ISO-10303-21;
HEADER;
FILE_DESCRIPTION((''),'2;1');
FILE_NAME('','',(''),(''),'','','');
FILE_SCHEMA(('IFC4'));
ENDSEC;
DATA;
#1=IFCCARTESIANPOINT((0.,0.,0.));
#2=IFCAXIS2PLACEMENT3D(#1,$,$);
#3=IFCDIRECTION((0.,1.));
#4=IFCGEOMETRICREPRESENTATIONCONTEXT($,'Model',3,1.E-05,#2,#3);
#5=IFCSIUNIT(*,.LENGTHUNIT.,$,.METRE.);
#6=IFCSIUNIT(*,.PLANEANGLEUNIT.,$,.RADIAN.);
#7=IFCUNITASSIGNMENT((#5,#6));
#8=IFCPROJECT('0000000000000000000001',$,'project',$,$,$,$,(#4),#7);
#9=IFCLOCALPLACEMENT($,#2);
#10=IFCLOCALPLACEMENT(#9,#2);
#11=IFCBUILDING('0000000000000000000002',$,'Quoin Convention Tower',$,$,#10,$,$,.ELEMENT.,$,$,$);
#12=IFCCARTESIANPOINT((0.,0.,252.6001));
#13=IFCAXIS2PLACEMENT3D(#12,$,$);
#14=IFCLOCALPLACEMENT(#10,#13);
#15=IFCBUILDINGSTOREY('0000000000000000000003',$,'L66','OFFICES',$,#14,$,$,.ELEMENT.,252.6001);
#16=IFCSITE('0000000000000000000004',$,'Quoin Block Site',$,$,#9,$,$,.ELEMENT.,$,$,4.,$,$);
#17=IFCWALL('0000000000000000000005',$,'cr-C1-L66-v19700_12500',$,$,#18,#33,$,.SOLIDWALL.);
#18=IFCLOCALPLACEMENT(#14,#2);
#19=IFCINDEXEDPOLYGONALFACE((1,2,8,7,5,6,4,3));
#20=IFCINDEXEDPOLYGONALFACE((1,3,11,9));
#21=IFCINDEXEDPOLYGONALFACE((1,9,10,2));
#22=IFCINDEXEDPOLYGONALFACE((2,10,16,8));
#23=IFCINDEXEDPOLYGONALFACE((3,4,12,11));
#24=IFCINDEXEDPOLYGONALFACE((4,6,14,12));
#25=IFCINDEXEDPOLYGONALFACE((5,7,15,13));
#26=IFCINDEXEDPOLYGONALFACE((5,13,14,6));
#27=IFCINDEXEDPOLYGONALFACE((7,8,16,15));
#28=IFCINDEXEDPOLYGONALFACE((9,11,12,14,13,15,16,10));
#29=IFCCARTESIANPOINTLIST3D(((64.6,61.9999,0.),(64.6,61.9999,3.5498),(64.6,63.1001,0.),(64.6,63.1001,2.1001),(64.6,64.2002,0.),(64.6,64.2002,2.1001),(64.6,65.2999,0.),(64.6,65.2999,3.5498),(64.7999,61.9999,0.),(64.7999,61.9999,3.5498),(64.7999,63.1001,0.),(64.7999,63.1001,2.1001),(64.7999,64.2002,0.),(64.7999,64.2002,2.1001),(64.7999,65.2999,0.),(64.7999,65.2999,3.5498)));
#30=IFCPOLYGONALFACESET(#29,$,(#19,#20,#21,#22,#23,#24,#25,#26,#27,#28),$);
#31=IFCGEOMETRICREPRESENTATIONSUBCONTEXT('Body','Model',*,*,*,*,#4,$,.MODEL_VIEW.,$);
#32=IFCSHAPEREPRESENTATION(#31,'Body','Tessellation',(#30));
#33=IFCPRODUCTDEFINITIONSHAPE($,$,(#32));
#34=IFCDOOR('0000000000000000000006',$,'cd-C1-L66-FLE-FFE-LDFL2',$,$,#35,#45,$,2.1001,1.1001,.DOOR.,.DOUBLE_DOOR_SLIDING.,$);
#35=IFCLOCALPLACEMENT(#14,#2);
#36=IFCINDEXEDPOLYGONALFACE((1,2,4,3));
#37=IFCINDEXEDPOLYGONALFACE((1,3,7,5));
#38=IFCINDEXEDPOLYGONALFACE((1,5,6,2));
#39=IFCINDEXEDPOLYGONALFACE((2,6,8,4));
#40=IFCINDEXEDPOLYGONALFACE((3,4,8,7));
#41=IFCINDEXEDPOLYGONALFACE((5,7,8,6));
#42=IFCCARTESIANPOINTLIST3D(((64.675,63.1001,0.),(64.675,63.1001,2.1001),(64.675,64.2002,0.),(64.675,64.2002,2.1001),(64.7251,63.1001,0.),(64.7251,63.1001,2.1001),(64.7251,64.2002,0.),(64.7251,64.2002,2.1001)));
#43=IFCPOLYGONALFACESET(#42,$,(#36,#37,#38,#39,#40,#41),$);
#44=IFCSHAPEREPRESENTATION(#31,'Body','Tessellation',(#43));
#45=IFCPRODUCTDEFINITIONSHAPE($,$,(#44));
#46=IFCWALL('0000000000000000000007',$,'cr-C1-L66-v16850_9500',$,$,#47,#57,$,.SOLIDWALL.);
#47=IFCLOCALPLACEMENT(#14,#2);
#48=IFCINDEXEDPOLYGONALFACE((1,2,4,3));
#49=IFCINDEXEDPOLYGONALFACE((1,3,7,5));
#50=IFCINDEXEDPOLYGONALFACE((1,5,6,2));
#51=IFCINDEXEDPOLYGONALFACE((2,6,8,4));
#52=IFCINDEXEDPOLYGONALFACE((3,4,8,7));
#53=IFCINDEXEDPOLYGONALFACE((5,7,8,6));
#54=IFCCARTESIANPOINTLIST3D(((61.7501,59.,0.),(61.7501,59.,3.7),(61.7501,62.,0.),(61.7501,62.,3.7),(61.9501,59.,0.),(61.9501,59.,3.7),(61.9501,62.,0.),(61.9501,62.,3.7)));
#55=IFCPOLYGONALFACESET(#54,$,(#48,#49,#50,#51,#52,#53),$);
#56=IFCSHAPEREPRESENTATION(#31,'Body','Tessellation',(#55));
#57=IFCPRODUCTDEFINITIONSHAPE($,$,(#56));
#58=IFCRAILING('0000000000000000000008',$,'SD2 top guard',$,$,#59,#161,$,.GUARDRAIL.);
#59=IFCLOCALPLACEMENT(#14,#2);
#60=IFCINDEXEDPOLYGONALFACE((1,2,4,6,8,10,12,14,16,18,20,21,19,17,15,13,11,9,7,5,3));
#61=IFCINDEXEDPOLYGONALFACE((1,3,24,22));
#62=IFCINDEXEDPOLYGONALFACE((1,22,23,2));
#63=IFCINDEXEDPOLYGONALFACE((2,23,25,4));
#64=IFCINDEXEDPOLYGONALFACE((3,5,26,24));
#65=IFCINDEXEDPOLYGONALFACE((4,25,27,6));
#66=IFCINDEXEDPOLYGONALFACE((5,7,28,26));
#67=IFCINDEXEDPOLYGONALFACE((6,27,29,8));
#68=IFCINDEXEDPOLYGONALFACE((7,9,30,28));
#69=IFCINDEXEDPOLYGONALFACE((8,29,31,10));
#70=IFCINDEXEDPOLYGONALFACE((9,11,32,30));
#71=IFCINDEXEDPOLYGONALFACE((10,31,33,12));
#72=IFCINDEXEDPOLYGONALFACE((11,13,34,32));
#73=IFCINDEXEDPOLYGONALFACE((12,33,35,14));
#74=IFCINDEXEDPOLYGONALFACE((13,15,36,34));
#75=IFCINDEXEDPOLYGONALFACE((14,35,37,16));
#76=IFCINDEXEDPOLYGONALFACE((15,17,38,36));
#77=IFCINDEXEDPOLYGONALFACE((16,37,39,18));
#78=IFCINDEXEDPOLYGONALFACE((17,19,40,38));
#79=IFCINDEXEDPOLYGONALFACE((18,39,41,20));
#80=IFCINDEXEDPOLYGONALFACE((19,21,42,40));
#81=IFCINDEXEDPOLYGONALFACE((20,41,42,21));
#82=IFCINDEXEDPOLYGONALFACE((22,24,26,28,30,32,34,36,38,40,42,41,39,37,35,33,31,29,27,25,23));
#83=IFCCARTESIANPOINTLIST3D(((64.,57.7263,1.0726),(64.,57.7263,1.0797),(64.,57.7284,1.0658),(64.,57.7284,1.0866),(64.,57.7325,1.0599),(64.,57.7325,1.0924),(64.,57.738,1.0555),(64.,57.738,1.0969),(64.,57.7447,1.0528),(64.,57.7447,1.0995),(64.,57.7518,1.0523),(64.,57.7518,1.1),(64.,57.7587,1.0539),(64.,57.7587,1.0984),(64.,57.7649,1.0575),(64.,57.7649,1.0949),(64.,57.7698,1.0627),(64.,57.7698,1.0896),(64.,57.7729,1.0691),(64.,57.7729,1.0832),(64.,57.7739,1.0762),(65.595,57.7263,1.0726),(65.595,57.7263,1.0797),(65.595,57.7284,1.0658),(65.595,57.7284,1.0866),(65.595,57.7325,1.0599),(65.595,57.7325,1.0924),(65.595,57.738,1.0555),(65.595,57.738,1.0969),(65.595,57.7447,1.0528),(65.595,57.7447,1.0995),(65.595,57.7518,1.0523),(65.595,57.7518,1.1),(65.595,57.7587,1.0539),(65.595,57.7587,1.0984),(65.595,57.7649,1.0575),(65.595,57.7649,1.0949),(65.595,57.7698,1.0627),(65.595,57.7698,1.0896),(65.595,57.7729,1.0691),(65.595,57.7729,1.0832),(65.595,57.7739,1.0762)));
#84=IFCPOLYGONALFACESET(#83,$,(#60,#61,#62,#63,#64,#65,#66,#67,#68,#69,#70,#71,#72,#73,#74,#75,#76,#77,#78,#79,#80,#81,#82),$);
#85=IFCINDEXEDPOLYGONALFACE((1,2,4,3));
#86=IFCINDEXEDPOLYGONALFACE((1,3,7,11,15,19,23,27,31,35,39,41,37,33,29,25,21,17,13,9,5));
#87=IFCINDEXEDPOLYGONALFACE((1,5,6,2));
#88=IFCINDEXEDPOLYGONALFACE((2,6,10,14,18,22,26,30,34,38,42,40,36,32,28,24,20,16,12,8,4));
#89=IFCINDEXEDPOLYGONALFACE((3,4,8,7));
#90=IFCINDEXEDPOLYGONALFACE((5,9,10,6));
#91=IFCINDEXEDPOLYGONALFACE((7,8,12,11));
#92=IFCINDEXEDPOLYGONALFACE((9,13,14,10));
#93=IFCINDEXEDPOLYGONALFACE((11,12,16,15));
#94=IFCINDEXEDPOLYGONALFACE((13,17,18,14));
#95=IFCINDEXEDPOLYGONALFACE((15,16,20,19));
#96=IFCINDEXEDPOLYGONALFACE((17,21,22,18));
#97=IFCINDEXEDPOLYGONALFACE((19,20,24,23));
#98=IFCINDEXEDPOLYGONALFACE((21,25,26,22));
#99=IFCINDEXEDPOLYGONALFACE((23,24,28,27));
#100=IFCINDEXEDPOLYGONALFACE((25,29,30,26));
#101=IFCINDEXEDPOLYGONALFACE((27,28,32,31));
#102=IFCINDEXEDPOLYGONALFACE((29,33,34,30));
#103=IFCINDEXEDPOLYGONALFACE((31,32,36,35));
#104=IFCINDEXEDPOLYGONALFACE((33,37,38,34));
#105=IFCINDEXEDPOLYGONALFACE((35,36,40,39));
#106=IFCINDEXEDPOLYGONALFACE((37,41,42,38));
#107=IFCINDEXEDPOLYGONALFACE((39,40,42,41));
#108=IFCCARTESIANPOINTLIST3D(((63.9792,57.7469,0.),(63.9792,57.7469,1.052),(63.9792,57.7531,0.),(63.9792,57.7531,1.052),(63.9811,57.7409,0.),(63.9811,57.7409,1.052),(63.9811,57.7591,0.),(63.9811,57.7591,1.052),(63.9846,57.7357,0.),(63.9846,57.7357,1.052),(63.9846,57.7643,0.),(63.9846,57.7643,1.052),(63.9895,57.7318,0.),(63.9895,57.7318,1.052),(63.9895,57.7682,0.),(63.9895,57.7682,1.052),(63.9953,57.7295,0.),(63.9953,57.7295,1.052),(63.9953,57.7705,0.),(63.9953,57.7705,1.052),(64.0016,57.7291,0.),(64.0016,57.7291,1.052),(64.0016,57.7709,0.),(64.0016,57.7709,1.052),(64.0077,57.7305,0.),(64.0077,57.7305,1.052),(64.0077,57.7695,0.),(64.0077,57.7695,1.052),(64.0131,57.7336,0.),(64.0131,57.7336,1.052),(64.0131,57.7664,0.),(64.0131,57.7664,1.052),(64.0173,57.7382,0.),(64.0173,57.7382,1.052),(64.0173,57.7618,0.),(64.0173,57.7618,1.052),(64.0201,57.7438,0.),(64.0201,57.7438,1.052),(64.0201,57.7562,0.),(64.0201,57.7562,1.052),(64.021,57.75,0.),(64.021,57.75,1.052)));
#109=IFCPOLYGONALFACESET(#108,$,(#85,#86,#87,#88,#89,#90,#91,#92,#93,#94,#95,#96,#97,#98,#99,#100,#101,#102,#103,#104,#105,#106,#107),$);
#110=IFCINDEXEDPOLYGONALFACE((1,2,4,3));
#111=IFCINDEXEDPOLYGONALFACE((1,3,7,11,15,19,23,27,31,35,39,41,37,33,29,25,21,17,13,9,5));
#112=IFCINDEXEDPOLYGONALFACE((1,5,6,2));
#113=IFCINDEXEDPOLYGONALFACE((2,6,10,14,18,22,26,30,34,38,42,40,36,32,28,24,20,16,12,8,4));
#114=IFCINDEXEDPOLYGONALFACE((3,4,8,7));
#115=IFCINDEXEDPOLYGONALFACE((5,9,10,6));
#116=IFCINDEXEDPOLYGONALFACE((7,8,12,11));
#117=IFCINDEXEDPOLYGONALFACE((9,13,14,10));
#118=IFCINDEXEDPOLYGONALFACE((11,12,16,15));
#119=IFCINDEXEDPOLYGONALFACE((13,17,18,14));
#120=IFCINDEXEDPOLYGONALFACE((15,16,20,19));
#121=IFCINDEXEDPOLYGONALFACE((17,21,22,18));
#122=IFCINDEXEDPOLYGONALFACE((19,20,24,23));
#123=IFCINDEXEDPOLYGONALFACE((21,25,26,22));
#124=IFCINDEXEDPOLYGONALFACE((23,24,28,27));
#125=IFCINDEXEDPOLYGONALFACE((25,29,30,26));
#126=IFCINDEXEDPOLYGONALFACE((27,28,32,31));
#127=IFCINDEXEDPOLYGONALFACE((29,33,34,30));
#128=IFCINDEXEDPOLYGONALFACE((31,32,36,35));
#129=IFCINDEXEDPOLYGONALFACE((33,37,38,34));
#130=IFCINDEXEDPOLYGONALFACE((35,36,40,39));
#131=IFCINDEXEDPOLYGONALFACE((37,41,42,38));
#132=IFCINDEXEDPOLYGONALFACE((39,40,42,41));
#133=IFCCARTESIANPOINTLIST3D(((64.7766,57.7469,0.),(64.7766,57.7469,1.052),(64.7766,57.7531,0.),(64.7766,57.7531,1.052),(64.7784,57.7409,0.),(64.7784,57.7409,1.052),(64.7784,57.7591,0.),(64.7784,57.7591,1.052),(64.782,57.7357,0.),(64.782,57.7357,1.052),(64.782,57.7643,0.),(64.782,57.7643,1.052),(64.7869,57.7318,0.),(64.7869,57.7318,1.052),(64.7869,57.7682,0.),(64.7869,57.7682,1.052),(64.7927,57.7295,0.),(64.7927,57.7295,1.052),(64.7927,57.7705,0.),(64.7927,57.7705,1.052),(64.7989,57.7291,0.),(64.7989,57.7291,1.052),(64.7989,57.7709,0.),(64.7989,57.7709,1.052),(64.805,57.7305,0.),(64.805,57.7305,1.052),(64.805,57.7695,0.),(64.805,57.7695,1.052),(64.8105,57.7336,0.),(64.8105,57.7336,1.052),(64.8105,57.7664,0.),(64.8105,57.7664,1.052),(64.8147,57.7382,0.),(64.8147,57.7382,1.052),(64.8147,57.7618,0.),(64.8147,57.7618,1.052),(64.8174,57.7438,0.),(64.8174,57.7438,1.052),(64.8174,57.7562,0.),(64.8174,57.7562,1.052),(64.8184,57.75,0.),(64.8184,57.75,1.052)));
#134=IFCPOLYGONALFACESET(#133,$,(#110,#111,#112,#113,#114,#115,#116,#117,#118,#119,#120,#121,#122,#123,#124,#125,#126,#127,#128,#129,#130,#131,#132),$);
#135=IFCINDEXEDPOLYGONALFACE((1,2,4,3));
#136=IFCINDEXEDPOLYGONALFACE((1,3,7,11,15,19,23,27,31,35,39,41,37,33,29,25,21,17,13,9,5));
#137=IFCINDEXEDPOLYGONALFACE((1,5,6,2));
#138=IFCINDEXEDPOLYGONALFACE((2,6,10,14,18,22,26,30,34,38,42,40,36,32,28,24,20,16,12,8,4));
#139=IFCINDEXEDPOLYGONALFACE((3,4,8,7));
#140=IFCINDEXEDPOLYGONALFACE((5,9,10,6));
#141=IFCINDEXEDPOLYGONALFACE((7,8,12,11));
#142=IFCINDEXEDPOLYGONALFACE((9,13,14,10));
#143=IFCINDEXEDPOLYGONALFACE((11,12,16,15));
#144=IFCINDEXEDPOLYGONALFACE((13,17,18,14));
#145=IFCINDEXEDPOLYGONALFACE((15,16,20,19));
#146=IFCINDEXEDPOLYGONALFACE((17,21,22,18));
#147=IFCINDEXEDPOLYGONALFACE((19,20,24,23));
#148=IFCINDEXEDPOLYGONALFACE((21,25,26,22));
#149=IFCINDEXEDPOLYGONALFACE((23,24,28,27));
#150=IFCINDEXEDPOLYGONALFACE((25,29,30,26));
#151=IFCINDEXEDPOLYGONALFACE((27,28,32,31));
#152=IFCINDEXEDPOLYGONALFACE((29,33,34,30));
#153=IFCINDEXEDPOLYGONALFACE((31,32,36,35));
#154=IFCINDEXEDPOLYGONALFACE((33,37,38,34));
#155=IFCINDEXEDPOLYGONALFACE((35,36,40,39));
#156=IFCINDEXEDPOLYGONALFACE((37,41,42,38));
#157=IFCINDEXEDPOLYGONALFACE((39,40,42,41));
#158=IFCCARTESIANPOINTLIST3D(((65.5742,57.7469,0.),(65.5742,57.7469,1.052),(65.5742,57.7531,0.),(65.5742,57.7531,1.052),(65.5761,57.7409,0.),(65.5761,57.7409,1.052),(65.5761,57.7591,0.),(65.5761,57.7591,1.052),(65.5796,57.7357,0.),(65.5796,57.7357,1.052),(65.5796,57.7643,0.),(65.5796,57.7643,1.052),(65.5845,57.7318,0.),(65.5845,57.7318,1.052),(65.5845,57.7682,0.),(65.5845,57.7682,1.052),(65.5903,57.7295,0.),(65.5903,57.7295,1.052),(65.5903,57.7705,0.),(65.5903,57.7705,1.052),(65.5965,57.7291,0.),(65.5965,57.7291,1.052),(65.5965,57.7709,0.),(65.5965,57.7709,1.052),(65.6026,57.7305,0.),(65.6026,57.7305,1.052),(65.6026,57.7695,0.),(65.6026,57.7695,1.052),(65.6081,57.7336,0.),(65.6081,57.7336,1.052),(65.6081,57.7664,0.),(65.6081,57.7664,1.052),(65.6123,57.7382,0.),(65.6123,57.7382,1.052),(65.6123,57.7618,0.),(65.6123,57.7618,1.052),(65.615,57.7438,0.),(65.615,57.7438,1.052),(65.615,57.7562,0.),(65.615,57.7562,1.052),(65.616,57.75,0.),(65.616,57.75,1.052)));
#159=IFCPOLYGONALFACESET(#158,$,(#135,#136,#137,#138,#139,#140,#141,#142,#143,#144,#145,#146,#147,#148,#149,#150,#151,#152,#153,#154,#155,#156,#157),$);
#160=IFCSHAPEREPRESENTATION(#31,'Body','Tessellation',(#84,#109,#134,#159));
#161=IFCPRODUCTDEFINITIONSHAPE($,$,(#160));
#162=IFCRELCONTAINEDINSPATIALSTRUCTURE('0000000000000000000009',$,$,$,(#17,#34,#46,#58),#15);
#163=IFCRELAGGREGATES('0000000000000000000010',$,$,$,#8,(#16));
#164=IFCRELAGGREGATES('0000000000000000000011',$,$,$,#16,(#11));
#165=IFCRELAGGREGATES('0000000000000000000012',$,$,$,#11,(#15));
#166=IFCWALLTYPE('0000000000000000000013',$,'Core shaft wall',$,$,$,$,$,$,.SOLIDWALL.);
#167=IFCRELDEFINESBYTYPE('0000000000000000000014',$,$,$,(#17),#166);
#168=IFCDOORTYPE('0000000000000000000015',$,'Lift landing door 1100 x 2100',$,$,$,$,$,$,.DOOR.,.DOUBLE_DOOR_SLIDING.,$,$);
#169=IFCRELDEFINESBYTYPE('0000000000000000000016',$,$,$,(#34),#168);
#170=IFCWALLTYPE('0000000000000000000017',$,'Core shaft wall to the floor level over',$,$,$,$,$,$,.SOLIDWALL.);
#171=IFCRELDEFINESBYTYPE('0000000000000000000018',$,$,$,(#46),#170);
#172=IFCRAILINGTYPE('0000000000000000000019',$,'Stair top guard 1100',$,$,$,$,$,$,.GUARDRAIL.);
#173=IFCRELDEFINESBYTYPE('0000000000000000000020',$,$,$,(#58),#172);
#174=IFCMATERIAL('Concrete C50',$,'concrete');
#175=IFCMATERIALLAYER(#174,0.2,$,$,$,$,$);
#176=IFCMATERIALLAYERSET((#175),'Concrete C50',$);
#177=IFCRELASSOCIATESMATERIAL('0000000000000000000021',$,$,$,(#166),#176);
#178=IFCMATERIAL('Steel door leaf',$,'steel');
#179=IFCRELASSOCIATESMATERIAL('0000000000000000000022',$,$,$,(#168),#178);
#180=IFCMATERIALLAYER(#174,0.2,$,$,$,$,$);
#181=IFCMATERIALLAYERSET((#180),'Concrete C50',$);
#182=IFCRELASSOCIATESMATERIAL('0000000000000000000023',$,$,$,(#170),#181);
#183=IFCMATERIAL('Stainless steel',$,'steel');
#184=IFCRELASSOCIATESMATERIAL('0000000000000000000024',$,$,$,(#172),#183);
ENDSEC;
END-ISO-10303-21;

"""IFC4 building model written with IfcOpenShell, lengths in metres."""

from ifc_helpers import new_model, si_unit, direction, frame, frame_2d, origin, origin_2d, place, context, subcontext, project, spatial, rectangle, circle, extrude, material, layer, layer_set, type_object, element, fill, save


model = new_model("IFC4")

# Units and contexts
model_context = context("Model", 3, precision=1e-05, world=origin(), true_north=direction((0.0, 1.0)))
body_context = subcontext(model_context, "Body", "Model", "MODEL_VIEW")
ifc_project = project(units=[si_unit("LENGTHUNIT", "METRE"), si_unit("PLANEANGLEUNIT", "RADIAN")], contexts=[model_context])

# Site, building, storey
site_placement = place(None, origin())
site = spatial("IfcSite", under=ifc_project, at=site_placement, Name="Quoin Block Site", CompositionType="ELEMENT", RefElevation=4.0)
building_placement = place(site_placement, origin())
building = spatial("IfcBuilding", under=site, at=building_placement, Name="Quoin Convention Tower", CompositionType="ELEMENT")
storey_placement = place(building_placement, frame((0.0, 0.0, 252.6001)))
storey = spatial("IfcBuildingStorey", under=building, at=storey_placement, Name="L66", Description="OFFICES", CompositionType="ELEMENT", Elevation=252.6001)

# Shared definitions
ifc_material_1 = material(Name="Concrete C50", Category="concrete")
ifc_layer_1 = layer(ifc_material_1, 0.2)
ifc_layer_set_1 = layer_set([ifc_layer_1], Name="Concrete C50")
wall_type_1 = type_object("IfcWallType", Name="Core shaft wall", PredefinedType="SOLIDWALL", material=ifc_layer_set_1)

# Wall, opening, door
wall_1_placement = place(storey_placement, frame((64.7, 62.0, 0.0), z_axis=(0.0, 0.0, 1.0), x_axis=(0.0, 1.0, 0.0)))
wall_1 = element("IfcWall", 1, at=wall_1_placement, inside=storey, type_object=wall_type_1, Name="cr-C1-L66-v19700_12500", PredefinedType="SOLIDWALL", context=body_context, shape_type="SweptSolid", body=[
    extrude(rectangle(XDim=3.3, YDim=0.2, at=frame_2d((1.6499, 0.0))), origin(), (0.0, 0.0, 1.0), 3.5498),
])
opening_placement = place(wall_1_placement, frame((1.1001, 0.0, 0.0)))
opening = element("IfcOpeningElement", 2, at=opening_placement, cuts=wall_1, PredefinedType="OPENING", context=body_context, shape_type="SweptSolid", body=[
    extrude(rectangle(XDim=1.1001, YDim=2.1001, at=frame_2d((0.55, 1.05))), frame((0.0, 0.1099, 0.0), z_axis=(0.0, -1.0, 0.0), x_axis=(1.0, 0.0, 0.0)), (0.0, 0.0, 1.0), 0.22),
])
ifc_material_2 = material(Name="Steel door leaf", Category="steel")
door_type = type_object("IfcDoorType", Name="Lift landing door 1100 x 2100", OperationType="DOUBLE_DOOR_SLIDING", PredefinedType="DOOR", material=ifc_material_2)
door_placement = place(opening_placement, origin())
door = element("IfcDoor", 3, at=door_placement, inside=storey, type_object=door_type, Name="cd-C1-L66-FLE-FFE-LDFL2", OperationType="DOUBLE_DOOR_SLIDING", OverallHeight=2.1001, OverallWidth=1.1001, PredefinedType="DOOR", context=body_context, shape_type="SweptSolid", body=[
    extrude(rectangle(XDim=1.1001, YDim=2.1001, at=frame_2d((0.55, 1.05))), frame((0.0, 0.0249, 0.0), z_axis=(0.0, -1.0, 0.0), x_axis=(1.0, 0.0, 0.0)), (0.0, 0.0, 1.0), 0.05),
])
fill(opening, door)

# Wall
ifc_layer_2 = layer(ifc_material_1, 0.2)
ifc_layer_set_2 = layer_set([ifc_layer_2], Name="Concrete C50")
wall_type_2 = type_object("IfcWallType", Name="Core shaft wall to the floor level over", PredefinedType="SOLIDWALL", material=ifc_layer_set_2)
wall_2_placement = place(storey_placement, frame((61.8501, 59.0, 0.0), z_axis=(0.0, 0.0, 1.0), x_axis=(0.0, 1.0, 0.0)))
element("IfcWall", 4, at=wall_2_placement, inside=storey, type_object=wall_type_2, Name="cr-C1-L66-v16850_9500", PredefinedType="SOLIDWALL", context=body_context, shape_type="SweptSolid", body=[
    extrude(rectangle(XDim=3.0, YDim=0.2, at=frame_2d((1.5, 0.0))), origin(), (0.0, 0.0, 1.0), 3.7),
])

# Railing
ifc_material_3 = material(Name="Stainless steel", Category="steel")
railing_type = type_object("IfcRailingType", Name="Stair top guard 1100", PredefinedType="GUARDRAIL", material=ifc_material_3)
railing_placement = place(storey_placement, frame((64.0, 57.75, 0.0)))
element("IfcRailing", 5, at=railing_placement, inside=storey, type_object=railing_type, Name="SD2 top guard", PredefinedType="GUARDRAIL", context=body_context, shape_type="SweptSolid", body=[
    extrude(circle(Radius=0.0239, at=origin_2d()), frame((0.0, 0.0, 1.0762), z_axis=(1.0, 0.0, 0.0), x_axis=(0.0, 1.0, 0.0)), (0.0, 0.0, 1.0), 1.595),
    extrude(circle(Radius=0.021, at=origin_2d()), origin(), (0.0, 0.0, 1.0), 1.052),
    extrude(circle(Radius=0.021, at=origin_2d()), frame((0.7974, 0.0, 0.0)), (0.0, 0.0, 1.0), 1.052),
    extrude(circle(Radius=0.021, at=origin_2d()), frame((1.595, 0.0, 0.0)), (0.0, 0.0, 1.0), 1.052),
])

save(model, "model.ifc")
